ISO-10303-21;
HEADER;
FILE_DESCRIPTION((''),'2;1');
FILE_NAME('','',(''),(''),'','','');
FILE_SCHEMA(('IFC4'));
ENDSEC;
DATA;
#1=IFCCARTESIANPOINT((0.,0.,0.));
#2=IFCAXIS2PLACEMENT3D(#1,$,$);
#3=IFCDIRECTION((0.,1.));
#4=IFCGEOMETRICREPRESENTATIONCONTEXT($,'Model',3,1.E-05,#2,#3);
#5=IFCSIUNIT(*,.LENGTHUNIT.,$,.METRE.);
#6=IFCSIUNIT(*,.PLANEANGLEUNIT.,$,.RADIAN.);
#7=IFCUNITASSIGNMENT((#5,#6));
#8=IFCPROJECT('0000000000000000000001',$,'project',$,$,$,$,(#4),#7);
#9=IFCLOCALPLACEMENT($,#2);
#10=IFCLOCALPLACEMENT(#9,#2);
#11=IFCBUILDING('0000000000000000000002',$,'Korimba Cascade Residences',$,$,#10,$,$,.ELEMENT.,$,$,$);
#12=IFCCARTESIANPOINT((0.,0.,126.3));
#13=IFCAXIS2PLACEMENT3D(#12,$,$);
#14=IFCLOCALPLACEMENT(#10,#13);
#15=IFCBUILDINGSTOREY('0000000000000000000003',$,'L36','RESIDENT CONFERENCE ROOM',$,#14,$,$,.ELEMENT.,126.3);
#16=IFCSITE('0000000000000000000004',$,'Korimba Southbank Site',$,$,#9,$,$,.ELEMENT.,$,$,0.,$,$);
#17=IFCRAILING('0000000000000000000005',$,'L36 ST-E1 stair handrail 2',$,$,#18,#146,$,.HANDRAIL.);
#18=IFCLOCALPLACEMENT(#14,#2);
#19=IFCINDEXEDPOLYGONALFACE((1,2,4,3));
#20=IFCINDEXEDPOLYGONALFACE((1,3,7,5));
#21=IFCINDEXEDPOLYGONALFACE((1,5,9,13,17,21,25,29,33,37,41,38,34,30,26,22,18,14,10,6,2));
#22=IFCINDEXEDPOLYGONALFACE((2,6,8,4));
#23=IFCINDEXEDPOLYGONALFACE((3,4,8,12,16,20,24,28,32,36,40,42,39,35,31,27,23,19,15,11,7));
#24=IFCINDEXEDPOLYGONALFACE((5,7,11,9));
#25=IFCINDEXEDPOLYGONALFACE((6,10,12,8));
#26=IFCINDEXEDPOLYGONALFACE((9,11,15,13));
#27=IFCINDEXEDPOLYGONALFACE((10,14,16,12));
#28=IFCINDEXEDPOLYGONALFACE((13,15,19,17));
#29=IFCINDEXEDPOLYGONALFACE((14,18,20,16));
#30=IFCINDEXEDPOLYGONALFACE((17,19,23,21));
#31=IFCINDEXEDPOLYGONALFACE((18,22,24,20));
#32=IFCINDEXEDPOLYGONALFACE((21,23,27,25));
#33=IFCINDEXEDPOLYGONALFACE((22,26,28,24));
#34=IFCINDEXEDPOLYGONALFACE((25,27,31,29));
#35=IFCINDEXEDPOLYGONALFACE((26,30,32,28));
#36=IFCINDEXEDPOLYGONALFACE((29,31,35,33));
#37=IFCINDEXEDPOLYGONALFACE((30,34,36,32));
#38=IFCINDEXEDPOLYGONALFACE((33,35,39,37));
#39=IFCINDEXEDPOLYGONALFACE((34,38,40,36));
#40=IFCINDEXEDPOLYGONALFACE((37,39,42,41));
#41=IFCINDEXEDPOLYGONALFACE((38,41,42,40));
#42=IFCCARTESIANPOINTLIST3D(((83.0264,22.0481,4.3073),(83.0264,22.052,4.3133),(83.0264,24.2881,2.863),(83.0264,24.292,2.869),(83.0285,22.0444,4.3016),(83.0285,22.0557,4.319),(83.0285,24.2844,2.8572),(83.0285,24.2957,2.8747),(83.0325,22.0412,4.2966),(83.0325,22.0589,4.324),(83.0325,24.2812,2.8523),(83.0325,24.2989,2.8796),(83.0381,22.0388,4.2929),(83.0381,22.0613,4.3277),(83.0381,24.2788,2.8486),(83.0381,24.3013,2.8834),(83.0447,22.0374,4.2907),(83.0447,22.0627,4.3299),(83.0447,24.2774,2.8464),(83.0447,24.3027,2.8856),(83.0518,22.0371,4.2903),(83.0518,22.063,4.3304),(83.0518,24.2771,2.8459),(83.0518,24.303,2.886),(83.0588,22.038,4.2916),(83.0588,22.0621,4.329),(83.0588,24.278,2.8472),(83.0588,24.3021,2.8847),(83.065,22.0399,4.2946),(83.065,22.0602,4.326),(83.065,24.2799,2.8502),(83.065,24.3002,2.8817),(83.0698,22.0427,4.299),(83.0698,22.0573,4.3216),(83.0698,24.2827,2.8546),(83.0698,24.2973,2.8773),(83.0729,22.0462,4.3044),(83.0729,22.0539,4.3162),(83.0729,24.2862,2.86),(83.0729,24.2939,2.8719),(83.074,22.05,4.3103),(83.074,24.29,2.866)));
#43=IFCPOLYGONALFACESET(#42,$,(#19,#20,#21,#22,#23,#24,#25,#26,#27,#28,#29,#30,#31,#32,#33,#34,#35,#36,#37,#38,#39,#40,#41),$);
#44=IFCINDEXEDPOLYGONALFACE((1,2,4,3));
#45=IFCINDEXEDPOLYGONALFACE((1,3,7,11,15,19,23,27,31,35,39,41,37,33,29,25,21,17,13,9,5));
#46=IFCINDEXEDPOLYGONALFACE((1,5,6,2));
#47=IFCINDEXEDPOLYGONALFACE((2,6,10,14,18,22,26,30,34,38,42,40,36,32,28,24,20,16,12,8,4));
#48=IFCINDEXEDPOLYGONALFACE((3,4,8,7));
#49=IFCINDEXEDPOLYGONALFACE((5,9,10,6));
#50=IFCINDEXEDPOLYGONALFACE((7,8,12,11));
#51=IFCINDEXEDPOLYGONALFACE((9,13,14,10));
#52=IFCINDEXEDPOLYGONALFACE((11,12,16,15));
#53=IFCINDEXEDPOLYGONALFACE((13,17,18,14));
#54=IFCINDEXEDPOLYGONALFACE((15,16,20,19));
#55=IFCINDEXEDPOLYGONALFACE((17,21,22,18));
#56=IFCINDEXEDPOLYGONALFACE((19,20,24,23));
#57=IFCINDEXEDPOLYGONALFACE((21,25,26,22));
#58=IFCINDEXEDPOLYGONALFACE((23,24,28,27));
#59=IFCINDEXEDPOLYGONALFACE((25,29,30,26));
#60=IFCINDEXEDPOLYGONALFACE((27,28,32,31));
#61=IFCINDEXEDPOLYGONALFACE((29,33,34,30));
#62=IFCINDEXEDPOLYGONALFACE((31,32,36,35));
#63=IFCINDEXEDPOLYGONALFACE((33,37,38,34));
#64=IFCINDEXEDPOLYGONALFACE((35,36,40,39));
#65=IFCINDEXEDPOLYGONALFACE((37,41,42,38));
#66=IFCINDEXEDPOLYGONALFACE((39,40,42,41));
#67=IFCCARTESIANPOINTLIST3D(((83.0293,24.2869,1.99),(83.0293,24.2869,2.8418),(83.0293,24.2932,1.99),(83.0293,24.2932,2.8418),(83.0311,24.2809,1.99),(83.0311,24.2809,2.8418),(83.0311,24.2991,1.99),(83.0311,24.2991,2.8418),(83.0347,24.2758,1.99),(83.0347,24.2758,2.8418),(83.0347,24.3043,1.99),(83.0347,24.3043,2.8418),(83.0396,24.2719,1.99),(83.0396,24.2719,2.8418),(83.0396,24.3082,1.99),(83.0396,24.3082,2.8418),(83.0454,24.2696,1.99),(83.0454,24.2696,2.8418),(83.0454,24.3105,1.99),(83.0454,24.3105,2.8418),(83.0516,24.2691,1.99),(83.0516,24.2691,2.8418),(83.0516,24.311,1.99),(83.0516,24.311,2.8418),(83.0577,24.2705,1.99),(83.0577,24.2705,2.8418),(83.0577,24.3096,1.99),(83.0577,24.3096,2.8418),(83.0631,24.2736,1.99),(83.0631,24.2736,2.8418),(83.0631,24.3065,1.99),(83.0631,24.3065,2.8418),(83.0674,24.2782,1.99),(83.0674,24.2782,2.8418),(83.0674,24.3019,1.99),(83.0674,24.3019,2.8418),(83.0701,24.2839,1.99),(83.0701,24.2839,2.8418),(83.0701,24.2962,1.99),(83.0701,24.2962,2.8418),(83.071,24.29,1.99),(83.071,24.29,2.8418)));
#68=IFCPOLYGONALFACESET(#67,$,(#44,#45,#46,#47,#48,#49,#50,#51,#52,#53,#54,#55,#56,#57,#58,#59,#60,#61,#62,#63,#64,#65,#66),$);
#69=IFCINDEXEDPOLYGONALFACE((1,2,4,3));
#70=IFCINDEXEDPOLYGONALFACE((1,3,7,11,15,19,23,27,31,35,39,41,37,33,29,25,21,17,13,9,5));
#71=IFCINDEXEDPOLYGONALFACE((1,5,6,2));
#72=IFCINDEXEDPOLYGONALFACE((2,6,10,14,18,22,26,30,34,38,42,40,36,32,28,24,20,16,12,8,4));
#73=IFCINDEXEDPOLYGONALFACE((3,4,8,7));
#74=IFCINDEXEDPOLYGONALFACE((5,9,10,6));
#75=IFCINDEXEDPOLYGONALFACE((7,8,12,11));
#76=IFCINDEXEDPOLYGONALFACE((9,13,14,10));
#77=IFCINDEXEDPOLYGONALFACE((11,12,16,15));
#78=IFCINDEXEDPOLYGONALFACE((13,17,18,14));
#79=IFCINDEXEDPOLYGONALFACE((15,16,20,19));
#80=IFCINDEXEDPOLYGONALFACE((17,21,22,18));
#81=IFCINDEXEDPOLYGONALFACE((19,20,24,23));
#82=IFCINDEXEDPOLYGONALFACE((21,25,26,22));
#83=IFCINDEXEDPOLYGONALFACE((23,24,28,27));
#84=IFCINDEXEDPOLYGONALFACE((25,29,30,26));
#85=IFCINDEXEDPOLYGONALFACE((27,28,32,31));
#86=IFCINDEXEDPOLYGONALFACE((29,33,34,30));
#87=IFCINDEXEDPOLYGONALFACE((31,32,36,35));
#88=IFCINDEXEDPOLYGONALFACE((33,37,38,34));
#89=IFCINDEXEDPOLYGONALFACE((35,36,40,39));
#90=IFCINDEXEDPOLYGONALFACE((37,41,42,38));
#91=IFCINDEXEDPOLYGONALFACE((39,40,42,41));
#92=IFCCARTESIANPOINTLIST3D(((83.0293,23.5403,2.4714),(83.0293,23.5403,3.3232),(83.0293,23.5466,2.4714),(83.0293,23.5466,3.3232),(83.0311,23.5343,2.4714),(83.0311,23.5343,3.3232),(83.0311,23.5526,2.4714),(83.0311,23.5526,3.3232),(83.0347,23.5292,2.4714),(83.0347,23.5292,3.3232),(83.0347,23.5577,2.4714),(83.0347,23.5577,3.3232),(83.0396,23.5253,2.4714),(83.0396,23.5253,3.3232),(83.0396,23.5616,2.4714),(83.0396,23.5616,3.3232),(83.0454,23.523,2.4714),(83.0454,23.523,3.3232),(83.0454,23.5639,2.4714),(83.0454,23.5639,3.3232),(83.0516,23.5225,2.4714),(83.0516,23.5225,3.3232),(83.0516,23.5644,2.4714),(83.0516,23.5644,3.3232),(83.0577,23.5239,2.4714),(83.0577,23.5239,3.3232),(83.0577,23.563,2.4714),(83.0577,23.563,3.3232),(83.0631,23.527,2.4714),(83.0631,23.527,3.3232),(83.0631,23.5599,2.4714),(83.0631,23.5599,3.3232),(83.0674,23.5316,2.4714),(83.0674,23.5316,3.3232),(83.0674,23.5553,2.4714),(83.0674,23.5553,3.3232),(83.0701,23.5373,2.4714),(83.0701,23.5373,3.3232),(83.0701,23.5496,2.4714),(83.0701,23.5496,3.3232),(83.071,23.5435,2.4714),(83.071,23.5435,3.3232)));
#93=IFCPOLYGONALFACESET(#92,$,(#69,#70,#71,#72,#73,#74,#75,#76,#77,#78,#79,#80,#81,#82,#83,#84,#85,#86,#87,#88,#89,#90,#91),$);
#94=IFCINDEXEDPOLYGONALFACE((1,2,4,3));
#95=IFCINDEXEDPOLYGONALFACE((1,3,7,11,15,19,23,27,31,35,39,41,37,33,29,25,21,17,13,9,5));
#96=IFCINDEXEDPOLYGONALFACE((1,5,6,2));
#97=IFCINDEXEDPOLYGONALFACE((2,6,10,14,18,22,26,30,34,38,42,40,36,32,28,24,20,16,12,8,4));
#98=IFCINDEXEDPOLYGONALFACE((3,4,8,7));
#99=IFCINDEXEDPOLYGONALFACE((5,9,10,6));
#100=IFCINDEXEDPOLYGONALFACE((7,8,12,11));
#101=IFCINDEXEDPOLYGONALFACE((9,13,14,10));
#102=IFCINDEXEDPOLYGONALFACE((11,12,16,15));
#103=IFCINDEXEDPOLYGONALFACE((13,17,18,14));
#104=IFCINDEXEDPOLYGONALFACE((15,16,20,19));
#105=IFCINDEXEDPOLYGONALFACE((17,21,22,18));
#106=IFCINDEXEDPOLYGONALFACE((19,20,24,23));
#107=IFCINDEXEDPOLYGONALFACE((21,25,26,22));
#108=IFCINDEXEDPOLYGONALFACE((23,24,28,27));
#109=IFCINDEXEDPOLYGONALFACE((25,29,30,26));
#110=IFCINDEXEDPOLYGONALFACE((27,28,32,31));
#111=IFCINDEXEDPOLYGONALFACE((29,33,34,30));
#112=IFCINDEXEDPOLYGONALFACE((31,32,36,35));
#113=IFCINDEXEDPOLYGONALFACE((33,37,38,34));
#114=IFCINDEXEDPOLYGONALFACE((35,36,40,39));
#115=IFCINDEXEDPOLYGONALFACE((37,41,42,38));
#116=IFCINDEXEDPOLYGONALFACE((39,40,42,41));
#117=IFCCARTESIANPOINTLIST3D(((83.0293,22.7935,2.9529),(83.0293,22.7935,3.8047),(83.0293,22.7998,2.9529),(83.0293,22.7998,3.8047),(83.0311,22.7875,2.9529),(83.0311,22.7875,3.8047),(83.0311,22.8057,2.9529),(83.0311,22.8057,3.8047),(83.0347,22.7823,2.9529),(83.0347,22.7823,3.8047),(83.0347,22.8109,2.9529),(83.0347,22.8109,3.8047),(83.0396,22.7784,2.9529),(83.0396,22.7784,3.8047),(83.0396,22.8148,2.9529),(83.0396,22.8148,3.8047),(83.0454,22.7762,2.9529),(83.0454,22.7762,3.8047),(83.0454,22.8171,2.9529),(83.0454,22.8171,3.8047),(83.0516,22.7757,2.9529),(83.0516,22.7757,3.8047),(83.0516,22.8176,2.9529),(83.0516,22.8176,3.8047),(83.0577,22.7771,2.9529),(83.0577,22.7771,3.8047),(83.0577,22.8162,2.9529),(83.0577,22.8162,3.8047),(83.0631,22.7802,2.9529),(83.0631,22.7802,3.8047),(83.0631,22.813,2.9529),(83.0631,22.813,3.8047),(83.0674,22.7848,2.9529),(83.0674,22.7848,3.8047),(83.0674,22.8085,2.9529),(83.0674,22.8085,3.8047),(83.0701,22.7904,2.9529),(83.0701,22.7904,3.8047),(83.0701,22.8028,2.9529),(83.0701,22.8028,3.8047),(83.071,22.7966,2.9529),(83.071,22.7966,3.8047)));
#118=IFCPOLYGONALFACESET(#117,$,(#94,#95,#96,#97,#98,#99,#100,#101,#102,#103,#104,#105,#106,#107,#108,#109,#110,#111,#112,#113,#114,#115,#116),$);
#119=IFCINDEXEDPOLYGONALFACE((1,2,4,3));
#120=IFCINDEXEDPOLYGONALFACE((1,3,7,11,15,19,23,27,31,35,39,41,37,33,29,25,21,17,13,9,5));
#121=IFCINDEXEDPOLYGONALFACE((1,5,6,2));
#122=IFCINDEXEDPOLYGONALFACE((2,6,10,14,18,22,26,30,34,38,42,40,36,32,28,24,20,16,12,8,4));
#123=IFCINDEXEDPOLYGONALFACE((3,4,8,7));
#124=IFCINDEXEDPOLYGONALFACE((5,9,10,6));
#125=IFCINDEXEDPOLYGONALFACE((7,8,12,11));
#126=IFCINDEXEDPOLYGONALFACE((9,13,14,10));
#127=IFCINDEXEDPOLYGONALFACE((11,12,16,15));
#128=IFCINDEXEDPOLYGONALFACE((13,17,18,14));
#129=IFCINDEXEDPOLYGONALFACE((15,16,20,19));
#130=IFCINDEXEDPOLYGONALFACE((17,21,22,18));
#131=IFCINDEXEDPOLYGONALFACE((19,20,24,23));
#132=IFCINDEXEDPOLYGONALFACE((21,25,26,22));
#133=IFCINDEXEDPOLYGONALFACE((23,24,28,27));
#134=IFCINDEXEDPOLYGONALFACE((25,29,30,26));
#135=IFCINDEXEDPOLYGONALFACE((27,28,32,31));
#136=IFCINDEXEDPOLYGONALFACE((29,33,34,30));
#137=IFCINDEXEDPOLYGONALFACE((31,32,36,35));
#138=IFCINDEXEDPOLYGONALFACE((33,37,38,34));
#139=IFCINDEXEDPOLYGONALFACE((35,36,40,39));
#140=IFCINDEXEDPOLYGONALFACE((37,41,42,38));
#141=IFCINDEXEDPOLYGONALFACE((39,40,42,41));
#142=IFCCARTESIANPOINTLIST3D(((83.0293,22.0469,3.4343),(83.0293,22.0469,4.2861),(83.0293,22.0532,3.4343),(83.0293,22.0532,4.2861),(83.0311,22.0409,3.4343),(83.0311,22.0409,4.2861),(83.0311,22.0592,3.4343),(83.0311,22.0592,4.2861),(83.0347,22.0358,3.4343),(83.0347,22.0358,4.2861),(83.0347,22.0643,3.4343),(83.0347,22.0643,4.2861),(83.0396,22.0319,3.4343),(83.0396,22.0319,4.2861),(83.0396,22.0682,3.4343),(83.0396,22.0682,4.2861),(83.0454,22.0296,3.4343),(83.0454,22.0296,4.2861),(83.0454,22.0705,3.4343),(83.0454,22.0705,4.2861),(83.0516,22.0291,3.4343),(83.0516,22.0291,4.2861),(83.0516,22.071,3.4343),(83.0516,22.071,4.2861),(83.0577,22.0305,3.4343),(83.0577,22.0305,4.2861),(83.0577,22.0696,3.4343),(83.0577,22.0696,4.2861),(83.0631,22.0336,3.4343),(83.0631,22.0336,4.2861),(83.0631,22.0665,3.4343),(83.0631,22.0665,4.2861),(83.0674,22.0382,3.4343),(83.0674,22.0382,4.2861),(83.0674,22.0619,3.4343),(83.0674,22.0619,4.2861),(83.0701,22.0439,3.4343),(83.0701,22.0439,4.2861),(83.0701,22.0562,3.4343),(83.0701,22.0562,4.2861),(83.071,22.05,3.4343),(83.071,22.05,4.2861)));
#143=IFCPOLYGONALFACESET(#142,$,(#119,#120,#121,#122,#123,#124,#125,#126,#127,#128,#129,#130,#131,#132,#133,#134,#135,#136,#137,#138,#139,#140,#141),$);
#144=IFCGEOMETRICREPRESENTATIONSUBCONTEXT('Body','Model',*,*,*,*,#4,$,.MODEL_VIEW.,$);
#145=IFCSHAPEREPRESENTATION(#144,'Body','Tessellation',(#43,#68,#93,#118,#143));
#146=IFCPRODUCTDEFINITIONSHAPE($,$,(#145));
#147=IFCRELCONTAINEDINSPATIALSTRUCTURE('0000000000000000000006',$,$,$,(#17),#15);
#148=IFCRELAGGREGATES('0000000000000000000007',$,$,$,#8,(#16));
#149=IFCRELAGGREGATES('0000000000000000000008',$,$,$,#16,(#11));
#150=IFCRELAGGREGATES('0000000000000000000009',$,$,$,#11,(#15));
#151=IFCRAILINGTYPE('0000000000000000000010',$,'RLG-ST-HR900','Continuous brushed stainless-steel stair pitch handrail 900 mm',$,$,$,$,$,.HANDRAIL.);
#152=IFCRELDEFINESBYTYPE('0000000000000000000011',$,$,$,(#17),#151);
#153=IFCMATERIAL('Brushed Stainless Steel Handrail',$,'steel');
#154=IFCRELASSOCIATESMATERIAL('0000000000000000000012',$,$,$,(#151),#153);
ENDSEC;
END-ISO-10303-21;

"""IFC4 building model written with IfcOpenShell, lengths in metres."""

from ifc_helpers import new_model, si_unit, direction, frame, origin, origin_2d, place, context, subcontext, project, spatial, circle, extrude, material, type_object, element, save


model = new_model("IFC4")

# Units and contexts
model_context = context("Model", 3, precision=1e-05, world=origin(), true_north=direction((0.0, 1.0)))
body_context = subcontext(model_context, "Body", "Model", "MODEL_VIEW")
ifc_project = project(units=[si_unit("LENGTHUNIT", "METRE"), si_unit("PLANEANGLEUNIT", "RADIAN")], contexts=[model_context])

# Site, building, storey
site_placement = place(None, origin())
site = spatial("IfcSite", under=ifc_project, at=site_placement, Name="Korimba Southbank Site", CompositionType="ELEMENT", RefElevation=0.0)
building_placement = place(site_placement, origin())
building = spatial("IfcBuilding", under=site, at=building_placement, Name="Korimba Cascade Residences", CompositionType="ELEMENT")
storey_placement = place(building_placement, frame((0.0, 0.0, 126.3)))
storey = spatial("IfcBuildingStorey", under=building, at=storey_placement, Name="L36", Description="RESIDENT CONFERENCE ROOM", CompositionType="ELEMENT", Elevation=126.3)

# Railing
ifc_material_1 = material(Name="Brushed Stainless Steel Handrail", Category="steel")
railing_type_1 = type_object("IfcRailingType", Name="RLG-ST-HR900", Description="Continuous brushed stainless-steel stair pitch handrail 900 mm", PredefinedType="HANDRAIL", material=ifc_material_1)
railing_1_placement = place(storey_placement, frame((83.05, 24.29, 1.99)))
element("IfcRailing", 1, at=railing_1_placement, inside=storey, type_object=railing_type_1, Name="L36 ST-E1 stair handrail 2", PredefinedType="HANDRAIL", context=body_context, shape_type="SweptSolid", body=[
    extrude(circle(Radius=0.0239, at=origin_2d()), frame((0.0, 0.0, 0.876), z_axis=(0.0, -0.840437, 0.54191), x_axis=(1.0, 0.0, 0.0)), (0.0, 0.0, 1.0), 2.6653),
    extrude(circle(Radius=0.021, at=origin_2d()), origin(), (0.0, 0.0, 1.0), 0.8518),
    extrude(circle(Radius=0.021, at=origin_2d()), frame((0.0, -0.7466, 0.4814)), (0.0, 0.0, 1.0), 0.8518),
    extrude(circle(Radius=0.021, at=origin_2d()), frame((0.0, -1.4934, 0.9629)), (0.0, 0.0, 1.0), 0.8518),
    extrude(circle(Radius=0.021, at=origin_2d()), frame((0.0, -2.24, 1.4443)), (0.0, 0.0, 1.0), 0.8518),
])

save(model, "model.ifc")
